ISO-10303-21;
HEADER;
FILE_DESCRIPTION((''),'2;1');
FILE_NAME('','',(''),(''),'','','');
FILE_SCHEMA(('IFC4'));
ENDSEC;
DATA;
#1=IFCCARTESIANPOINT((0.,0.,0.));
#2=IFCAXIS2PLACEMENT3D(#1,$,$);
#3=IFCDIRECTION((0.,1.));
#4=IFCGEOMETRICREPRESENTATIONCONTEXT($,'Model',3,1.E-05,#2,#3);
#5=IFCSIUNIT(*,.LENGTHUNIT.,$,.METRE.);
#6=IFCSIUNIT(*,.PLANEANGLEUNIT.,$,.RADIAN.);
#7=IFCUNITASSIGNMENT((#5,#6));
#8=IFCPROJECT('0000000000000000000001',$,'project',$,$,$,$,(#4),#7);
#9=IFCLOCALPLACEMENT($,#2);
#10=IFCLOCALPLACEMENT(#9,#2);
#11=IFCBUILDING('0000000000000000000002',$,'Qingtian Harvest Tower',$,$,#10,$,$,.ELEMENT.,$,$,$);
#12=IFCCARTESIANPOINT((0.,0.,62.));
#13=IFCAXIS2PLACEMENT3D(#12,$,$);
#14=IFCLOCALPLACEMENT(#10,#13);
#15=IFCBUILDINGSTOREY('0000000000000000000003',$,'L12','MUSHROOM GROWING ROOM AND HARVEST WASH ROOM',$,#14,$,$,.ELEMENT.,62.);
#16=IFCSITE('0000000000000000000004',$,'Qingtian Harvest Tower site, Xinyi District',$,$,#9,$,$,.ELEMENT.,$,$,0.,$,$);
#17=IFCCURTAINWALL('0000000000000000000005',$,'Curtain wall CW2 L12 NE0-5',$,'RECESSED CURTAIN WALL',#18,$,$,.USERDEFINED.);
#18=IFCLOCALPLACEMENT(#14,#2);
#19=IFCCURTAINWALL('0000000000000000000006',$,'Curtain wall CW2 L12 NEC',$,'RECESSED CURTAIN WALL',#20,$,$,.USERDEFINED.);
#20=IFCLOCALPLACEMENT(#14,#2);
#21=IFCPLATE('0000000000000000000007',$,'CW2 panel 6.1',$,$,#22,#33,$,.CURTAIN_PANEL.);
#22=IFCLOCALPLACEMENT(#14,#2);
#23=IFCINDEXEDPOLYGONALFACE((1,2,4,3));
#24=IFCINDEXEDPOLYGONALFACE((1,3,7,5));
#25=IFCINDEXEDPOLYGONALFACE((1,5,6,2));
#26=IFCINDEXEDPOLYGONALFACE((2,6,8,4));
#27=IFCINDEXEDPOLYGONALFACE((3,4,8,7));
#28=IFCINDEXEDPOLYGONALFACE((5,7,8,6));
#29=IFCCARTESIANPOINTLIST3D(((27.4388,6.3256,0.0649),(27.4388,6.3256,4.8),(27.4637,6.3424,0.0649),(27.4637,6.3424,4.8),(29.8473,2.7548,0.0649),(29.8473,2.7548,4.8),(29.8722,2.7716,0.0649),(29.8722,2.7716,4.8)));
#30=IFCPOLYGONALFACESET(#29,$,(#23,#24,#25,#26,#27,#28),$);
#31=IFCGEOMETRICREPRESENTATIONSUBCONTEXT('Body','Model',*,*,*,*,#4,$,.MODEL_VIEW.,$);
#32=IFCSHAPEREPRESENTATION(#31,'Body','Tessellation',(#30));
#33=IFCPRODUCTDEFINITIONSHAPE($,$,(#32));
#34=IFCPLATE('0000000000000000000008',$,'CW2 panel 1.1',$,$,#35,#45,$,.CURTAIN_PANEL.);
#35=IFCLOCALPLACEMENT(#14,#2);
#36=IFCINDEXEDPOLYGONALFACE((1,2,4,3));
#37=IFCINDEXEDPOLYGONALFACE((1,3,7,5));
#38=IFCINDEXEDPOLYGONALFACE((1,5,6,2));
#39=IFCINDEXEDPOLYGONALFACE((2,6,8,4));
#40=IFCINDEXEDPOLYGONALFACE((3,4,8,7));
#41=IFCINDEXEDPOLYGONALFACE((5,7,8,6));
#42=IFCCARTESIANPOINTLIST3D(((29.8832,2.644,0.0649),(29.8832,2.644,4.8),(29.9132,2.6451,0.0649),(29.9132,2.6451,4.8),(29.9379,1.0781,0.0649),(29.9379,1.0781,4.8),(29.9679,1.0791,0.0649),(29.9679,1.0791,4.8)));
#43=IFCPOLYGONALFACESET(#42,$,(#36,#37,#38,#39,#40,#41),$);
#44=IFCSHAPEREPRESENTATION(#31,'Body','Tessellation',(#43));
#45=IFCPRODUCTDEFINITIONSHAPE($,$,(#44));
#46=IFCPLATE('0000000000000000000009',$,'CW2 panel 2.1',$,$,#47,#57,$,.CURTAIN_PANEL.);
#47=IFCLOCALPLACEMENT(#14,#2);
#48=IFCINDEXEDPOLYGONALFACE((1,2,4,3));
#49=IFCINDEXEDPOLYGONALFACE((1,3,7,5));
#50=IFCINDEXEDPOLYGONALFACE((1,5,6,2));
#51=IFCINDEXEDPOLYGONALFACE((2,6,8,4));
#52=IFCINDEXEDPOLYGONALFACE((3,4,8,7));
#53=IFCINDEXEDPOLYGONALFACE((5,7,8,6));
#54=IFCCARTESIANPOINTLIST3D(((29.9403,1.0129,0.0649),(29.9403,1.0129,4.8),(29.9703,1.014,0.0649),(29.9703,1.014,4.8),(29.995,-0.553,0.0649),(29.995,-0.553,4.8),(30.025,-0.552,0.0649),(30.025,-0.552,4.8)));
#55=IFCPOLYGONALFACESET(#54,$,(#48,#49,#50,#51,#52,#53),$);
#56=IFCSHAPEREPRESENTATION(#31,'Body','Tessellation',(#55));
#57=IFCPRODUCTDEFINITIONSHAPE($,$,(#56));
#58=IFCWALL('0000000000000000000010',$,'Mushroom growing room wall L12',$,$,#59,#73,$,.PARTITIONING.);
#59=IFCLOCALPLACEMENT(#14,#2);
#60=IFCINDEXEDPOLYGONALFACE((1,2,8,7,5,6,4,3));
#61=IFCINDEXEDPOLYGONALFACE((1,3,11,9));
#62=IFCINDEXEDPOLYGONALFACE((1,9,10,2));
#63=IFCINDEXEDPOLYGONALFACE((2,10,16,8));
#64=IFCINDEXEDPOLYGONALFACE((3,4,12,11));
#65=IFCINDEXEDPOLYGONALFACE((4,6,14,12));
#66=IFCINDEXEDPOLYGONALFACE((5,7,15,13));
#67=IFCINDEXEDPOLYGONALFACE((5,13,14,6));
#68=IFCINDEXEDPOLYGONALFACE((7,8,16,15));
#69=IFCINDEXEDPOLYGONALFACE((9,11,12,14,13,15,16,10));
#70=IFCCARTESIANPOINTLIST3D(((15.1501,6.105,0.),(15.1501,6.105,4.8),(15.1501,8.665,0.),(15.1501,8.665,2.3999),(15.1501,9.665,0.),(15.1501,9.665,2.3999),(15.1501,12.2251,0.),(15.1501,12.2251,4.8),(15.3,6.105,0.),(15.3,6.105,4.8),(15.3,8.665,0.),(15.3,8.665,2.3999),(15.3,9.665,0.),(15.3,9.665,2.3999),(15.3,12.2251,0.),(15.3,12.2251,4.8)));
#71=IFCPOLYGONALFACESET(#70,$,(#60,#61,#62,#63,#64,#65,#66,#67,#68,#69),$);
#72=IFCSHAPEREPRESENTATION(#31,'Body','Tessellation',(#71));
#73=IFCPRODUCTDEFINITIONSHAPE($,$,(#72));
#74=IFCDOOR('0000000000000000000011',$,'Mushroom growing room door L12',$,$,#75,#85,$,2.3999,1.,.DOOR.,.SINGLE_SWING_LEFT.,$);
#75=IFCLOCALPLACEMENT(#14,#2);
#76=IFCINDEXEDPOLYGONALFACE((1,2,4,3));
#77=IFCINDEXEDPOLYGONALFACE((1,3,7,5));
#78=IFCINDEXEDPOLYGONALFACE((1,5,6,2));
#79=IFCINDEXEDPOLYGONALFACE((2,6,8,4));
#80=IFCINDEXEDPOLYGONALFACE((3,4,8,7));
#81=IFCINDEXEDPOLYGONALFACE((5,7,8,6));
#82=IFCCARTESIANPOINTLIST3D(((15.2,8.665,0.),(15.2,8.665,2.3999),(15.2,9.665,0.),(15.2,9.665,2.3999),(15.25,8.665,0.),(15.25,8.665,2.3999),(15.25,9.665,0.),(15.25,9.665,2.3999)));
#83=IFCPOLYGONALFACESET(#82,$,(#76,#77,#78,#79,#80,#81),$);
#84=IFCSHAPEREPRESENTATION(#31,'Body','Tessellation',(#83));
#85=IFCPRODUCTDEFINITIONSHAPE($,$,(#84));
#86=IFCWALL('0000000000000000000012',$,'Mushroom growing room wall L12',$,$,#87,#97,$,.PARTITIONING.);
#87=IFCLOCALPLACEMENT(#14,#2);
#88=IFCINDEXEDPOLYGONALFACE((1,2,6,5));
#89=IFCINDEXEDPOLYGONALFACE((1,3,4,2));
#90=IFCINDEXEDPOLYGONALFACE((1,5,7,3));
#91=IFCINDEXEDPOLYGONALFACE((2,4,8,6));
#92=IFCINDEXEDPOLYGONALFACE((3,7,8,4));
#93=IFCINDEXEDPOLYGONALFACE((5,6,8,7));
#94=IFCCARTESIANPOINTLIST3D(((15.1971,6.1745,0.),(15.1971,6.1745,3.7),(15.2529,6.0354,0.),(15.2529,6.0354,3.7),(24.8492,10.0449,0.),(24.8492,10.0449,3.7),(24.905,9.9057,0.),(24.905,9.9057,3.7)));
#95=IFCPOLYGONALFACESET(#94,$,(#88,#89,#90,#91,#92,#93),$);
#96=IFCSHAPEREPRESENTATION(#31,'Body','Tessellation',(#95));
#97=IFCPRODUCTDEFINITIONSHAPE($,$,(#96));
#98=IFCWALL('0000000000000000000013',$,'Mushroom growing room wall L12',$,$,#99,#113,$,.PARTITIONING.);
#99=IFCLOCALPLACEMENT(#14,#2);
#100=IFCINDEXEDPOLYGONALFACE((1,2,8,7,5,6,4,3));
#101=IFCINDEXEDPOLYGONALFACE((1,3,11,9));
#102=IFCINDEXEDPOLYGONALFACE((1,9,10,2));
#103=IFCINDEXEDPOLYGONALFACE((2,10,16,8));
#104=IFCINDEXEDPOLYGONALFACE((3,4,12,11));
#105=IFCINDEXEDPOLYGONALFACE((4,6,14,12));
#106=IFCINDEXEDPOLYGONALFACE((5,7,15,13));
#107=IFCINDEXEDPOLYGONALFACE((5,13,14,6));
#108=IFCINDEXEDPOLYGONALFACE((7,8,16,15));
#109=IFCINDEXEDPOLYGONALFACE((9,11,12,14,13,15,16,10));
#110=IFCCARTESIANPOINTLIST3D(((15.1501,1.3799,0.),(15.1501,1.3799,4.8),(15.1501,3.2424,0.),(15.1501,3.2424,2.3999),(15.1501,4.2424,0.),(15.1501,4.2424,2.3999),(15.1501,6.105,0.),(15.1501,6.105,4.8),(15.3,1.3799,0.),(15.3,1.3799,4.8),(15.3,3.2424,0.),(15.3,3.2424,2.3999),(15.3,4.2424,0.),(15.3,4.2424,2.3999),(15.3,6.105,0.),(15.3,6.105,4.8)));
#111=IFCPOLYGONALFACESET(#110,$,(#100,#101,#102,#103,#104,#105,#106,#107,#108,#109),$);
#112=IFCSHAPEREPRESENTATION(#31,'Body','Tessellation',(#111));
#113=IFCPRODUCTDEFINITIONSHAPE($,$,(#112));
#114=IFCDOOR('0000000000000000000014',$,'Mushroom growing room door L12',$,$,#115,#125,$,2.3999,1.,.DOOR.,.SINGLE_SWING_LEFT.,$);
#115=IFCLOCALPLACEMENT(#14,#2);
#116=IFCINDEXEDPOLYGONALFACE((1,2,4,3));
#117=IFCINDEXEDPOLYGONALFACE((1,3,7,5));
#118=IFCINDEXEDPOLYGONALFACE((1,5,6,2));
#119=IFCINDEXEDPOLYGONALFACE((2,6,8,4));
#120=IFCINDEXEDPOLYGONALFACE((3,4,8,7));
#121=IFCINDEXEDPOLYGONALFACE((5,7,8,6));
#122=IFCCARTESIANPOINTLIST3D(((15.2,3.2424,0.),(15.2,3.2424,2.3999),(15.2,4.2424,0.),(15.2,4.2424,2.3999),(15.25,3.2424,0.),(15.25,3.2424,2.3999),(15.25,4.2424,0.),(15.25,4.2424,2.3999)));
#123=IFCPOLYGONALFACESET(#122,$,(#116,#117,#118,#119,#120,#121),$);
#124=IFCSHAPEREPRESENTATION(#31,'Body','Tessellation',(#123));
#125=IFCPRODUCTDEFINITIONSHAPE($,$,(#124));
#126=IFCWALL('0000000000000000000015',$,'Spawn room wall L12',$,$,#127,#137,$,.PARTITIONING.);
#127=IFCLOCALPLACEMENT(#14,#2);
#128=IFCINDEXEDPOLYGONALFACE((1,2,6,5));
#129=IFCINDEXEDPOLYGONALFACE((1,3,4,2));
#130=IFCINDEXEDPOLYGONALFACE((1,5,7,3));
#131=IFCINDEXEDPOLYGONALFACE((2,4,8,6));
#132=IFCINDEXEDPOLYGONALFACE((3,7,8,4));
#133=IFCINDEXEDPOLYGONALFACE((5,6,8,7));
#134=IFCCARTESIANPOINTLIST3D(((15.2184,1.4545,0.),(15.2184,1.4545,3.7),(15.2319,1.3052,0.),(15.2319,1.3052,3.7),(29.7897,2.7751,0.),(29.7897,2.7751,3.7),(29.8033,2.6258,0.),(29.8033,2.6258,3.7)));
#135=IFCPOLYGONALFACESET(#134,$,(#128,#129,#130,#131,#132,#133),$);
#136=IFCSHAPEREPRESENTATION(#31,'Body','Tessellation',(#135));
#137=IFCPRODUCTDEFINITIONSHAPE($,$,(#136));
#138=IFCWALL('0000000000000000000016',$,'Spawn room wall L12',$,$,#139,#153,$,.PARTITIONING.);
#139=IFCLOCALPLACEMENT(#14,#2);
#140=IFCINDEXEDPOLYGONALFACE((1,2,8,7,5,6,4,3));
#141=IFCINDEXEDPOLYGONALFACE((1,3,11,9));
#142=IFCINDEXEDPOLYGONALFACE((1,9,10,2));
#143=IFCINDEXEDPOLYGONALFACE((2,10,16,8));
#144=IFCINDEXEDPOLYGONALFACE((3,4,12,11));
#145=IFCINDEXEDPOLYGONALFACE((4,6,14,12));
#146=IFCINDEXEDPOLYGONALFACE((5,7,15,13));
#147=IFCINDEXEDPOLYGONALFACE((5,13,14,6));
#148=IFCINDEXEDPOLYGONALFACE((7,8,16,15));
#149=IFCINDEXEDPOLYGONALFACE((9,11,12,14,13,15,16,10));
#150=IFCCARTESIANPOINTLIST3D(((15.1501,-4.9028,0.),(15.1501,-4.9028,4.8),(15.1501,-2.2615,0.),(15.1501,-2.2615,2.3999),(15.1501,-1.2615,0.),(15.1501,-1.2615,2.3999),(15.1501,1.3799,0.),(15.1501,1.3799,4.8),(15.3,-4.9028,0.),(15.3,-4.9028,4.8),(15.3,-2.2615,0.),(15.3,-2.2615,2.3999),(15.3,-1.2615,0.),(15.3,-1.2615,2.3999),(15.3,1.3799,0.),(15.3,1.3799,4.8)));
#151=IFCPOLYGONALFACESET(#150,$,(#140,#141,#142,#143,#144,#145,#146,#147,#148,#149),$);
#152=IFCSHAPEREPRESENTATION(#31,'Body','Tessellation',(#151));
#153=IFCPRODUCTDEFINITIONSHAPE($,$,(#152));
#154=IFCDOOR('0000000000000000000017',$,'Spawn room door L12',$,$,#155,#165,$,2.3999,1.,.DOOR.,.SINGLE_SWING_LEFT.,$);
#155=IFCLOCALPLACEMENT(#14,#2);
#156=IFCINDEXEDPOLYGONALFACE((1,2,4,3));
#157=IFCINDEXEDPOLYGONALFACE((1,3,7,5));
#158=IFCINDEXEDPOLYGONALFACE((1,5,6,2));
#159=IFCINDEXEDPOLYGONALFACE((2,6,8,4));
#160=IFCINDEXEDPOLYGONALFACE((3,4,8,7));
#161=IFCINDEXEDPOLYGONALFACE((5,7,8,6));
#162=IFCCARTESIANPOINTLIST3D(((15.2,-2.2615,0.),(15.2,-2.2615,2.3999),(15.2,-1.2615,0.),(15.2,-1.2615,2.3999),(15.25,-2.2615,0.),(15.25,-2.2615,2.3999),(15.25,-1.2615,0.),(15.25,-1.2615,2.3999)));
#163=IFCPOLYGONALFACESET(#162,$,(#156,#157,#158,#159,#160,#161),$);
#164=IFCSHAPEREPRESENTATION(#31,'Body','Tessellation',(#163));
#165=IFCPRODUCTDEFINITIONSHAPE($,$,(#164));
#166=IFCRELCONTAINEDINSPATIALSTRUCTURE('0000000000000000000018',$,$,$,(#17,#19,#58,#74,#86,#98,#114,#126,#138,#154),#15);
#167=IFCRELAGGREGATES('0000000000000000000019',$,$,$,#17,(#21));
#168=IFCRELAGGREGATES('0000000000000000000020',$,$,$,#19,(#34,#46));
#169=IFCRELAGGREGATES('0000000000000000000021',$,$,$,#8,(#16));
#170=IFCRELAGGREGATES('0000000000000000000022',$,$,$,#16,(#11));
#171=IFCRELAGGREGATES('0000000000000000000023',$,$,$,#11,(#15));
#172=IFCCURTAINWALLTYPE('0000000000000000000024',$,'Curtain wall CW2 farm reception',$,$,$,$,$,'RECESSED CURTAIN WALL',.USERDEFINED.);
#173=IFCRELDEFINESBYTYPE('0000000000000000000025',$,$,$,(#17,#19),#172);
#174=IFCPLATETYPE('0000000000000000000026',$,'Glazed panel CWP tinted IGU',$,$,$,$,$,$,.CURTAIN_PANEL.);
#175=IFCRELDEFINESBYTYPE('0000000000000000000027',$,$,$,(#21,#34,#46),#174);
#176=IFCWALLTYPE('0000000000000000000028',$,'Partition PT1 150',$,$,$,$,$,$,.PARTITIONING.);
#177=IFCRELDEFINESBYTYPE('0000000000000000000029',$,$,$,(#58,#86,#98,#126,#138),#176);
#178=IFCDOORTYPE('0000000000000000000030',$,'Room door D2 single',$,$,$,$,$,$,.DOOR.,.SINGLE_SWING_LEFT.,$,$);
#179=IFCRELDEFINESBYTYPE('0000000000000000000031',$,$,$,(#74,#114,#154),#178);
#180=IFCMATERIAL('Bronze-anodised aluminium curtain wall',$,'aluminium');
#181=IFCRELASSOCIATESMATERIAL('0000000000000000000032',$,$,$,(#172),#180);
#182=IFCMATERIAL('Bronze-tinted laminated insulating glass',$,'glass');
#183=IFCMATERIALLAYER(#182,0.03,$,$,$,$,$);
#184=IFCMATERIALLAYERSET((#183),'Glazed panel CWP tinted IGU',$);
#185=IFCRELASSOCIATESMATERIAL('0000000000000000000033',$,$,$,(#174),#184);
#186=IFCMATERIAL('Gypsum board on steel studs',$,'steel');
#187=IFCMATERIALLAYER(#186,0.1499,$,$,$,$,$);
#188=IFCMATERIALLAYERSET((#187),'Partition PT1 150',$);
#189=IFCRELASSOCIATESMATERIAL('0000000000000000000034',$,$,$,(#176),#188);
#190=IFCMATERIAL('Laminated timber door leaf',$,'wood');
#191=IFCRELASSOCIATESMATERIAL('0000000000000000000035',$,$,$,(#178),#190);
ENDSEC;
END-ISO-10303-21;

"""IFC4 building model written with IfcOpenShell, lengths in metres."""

from ifc_helpers import new_model, si_unit, direction, frame, frame_2d, origin, origin_2d, place, context, subcontext, project, spatial, rectangle, extrude, material, layer, layer_set, type_object, element, fill, aggregate, save


model = new_model("IFC4")

# Units and contexts
model_context = context("Model", 3, precision=1e-05, world=origin(), true_north=direction((0.0, 1.0)))
body_context = subcontext(model_context, "Body", "Model", "MODEL_VIEW")
ifc_project = project(units=[si_unit("LENGTHUNIT", "METRE"), si_unit("PLANEANGLEUNIT", "RADIAN")], contexts=[model_context])

# Site, building, storey
site_placement = place(None, origin())
site = spatial("IfcSite", under=ifc_project, at=site_placement, Name="Qingtian Harvest Tower site, Xinyi District", CompositionType="ELEMENT", RefElevation=0.0)
building_placement = place(site_placement, origin())
building = spatial("IfcBuilding", under=site, at=building_placement, Name="Qingtian Harvest Tower", CompositionType="ELEMENT")
storey_placement = place(building_placement, frame((0.0, 0.0, 62.0)))
storey = spatial("IfcBuildingStorey", under=building, at=storey_placement, Name="L12", Description="MUSHROOM GROWING ROOM AND HARVEST WASH ROOM", CompositionType="ELEMENT", Elevation=62.0)

# Curtain walls
ifc_material_1 = material(Name="Bronze-anodised aluminium curtain wall", Category="aluminium")
curtain_wall_type = type_object("IfcCurtainWallType", Name="Curtain wall CW2 farm reception", ElementType="RECESSED CURTAIN WALL", PredefinedType="USERDEFINED", material=ifc_material_1)
curtain_wall_1_placement = place(storey_placement, origin())
curtain_wall_1 = element("IfcCurtainWall", 1, at=curtain_wall_1_placement, inside=storey, type_object=curtain_wall_type, Name="Curtain wall CW2 L12 NE0-5", ObjectType="RECESSED CURTAIN WALL", PredefinedType="USERDEFINED")
curtain_wall_2_placement = place(storey_placement, origin())
curtain_wall_2 = element("IfcCurtainWall", 2, at=curtain_wall_2_placement, inside=storey, type_object=curtain_wall_type, Name="Curtain wall CW2 L12 NEC", ObjectType="RECESSED CURTAIN WALL", PredefinedType="USERDEFINED")

# Plates
ifc_material_2 = material(Name="Bronze-tinted laminated insulating glass", Category="glass")
ifc_layer_1 = layer(ifc_material_2, 0.03)
ifc_layer_set_1 = layer_set([ifc_layer_1], Name="Glazed panel CWP tinted IGU")
plate_type = type_object("IfcPlateType", Name="Glazed panel CWP tinted IGU", PredefinedType="CURTAIN_PANEL", material=ifc_layer_set_1)
plate_1_placement = place(storey_placement, frame((28.6555, 4.5486, 0.0649), z_axis=(0.0, 0.0, 1.0), x_axis=(0.559193, -0.829038, 0.0)))
plate_1 = element("IfcPlate", 3, at=plate_1_placement, type_object=plate_type, Name="CW2 panel 6.1", PredefinedType="CURTAIN_PANEL", context=body_context, shape_type="SweptSolid", body=[
    extrude(rectangle(XDim=4.3071, YDim=0.03, at=origin_2d()), origin(), (0.0, 0.0, 1.0), 4.7351),
])
aggregate(curtain_wall_1, [plate_1])
plate_2_placement = place(storey_placement, frame((29.9255, 1.8616, 0.0649), z_axis=(0.0, 0.0, 1.0), x_axis=(0.034899, -0.999391, 0.0)))
plate_2 = element("IfcPlate", 4, at=plate_2_placement, type_object=plate_type, Name="CW2 panel 1.1", PredefinedType="CURTAIN_PANEL", context=body_context, shape_type="SweptSolid", body=[
    extrude(rectangle(XDim=1.5669, YDim=0.03, at=origin_2d()), origin(), (0.0, 0.0, 1.0), 4.7351),
])
plate_3_placement = place(storey_placement, frame((29.9827, 0.2305, 0.0649), z_axis=(0.0, 0.0, 1.0), x_axis=(0.034899, -0.999391, 0.0)))
plate_3 = element("IfcPlate", 5, at=plate_3_placement, type_object=plate_type, Name="CW2 panel 2.1", PredefinedType="CURTAIN_PANEL", context=body_context, shape_type="SweptSolid", body=[
    extrude(rectangle(XDim=1.5669, YDim=0.03, at=origin_2d()), origin(), (0.0, 0.0, 1.0), 4.7351),
])
aggregate(curtain_wall_2, [plate_2, plate_3])

# Wall, opening, door
ifc_material_3 = material(Name="Gypsum board on steel studs", Category="steel")
ifc_layer_2 = layer(ifc_material_3, 0.1499)
ifc_layer_set_2 = layer_set([ifc_layer_2], Name="Partition PT1 150")
wall_type = type_object("IfcWallType", Name="Partition PT1 150", PredefinedType="PARTITIONING", material=ifc_layer_set_2)
wall_1_placement = place(storey_placement, frame((15.2251, 12.2251, 0.0), z_axis=(0.0, 0.0, 1.0), x_axis=(0.0, -1.0, 0.0)))
wall_1 = element("IfcWall", 6, at=wall_1_placement, inside=storey, type_object=wall_type, Name="Mushroom growing room wall L12", PredefinedType="PARTITIONING", context=body_context, shape_type="SweptSolid", body=[
    extrude(rectangle(XDim=6.1201, YDim=0.1499, at=frame_2d((3.0601, 0.0))), origin(), (0.0, 0.0, 1.0), 4.8),
])
opening_1_placement = place(wall_1_placement, frame((2.5601, 0.0, 0.0)))
opening_1 = element("IfcOpeningElement", 7, at=opening_1_placement, cuts=wall_1, PredefinedType="OPENING", context=body_context, shape_type="SweptSolid", body=[
    extrude(rectangle(XDim=1.0, YDim=2.3999, at=frame_2d((0.5, 1.2))), frame((0.0, 0.085, 0.0), z_axis=(0.0, -1.0, 0.0), x_axis=(1.0, 0.0, 0.0)), (0.0, 0.0, 1.0), 0.1699),
])
ifc_material_4 = material(Name="Laminated timber door leaf", Category="wood")
door_type = type_object("IfcDoorType", Name="Room door D2 single", OperationType="SINGLE_SWING_LEFT", PredefinedType="DOOR", material=ifc_material_4)
door_1_placement = place(opening_1_placement, origin())
door_1 = element("IfcDoor", 8, at=door_1_placement, inside=storey, type_object=door_type, Name="Mushroom growing room door L12", OperationType="SINGLE_SWING_LEFT", OverallHeight=2.3999, OverallWidth=1.0, PredefinedType="DOOR", context=body_context, shape_type="SweptSolid", body=[
    extrude(rectangle(XDim=1.0, YDim=2.3999, at=frame_2d((0.5, 1.2))), frame((0.0, 0.0249, 0.0), z_axis=(0.0, -1.0, 0.0), x_axis=(1.0, 0.0, 0.0)), (0.0, 0.0, 1.0), 0.05),
])
fill(opening_1, door_1)

# Wall
wall_2_placement = place(storey_placement, frame((24.8772, 9.9753, 0.0), z_axis=(0.0, 0.0, 1.0), x_axis=(-0.928161, -0.37218, 0.0)))
element("IfcWall", 9, at=wall_2_placement, inside=storey, type_object=wall_type, Name="Mushroom growing room wall L12", PredefinedType="PARTITIONING", context=body_context, shape_type="SweptSolid", body=[
    extrude(rectangle(XDim=10.3992, YDim=0.1499, at=frame_2d((5.1997, 0.0))), origin(), (0.0, 0.0, 1.0), 3.7),
])

# Wall, opening, door
wall_3_placement = place(storey_placement, frame((15.2251, 6.105, 0.0), z_axis=(0.0, 0.0, 1.0), x_axis=(0.0, -1.0, 0.0)))
wall_3 = element("IfcWall", 10, at=wall_3_placement, inside=storey, type_object=wall_type, Name="Mushroom growing room wall L12", PredefinedType="PARTITIONING", context=body_context, shape_type="SweptSolid", body=[
    extrude(rectangle(XDim=4.7251, YDim=0.1499, at=frame_2d((2.3625, 0.0))), origin(), (0.0, 0.0, 1.0), 4.8),
])
opening_2_placement = place(wall_3_placement, frame((1.8625, 0.0, 0.0)))
opening_2 = element("IfcOpeningElement", 11, at=opening_2_placement, cuts=wall_3, PredefinedType="OPENING", context=body_context, shape_type="SweptSolid", body=[
    extrude(rectangle(XDim=1.0, YDim=2.3999, at=frame_2d((0.5, 1.2))), frame((0.0, 0.085, 0.0), z_axis=(0.0, -1.0, 0.0), x_axis=(1.0, 0.0, 0.0)), (0.0, 0.0, 1.0), 0.1699),
])
door_2_placement = place(opening_2_placement, origin())
door_2 = element("IfcDoor", 12, at=door_2_placement, inside=storey, type_object=door_type, Name="Mushroom growing room door L12", OperationType="SINGLE_SWING_LEFT", OverallHeight=2.3999, OverallWidth=1.0, PredefinedType="DOOR", context=body_context, shape_type="SweptSolid", body=[
    extrude(rectangle(XDim=1.0, YDim=2.3999, at=frame_2d((0.5, 1.2))), frame((0.0, 0.0249, 0.0), z_axis=(0.0, -1.0, 0.0), x_axis=(1.0, 0.0, 0.0)), (0.0, 0.0, 1.0), 0.05),
])
fill(opening_2, door_2)

# Wall
wall_4_placement = place(storey_placement, frame((29.7964, 2.7004, 0.0), z_axis=(0.0, 0.0, 1.0), x_axis=(-0.995918, -0.090257, 0.0)))
element("IfcWall", 13, at=wall_4_placement, inside=storey, type_object=wall_type, Name="Spawn room wall L12", PredefinedType="PARTITIONING", context=body_context, shape_type="SweptSolid", body=[
    extrude(rectangle(XDim=14.6311, YDim=0.1499, at=frame_2d((7.3154, 0.0))), origin(), (0.0, 0.0, 1.0), 3.7),
])

# Wall, opening, door
wall_5_placement = place(storey_placement, frame((15.2251, 1.3799, 0.0), z_axis=(0.0, 0.0, 1.0), x_axis=(0.0, -1.0, 0.0)))
wall_5 = element("IfcWall", 14, at=wall_5_placement, inside=storey, type_object=wall_type, Name="Spawn room wall L12", PredefinedType="PARTITIONING", context=body_context, shape_type="SweptSolid", body=[
    extrude(rectangle(XDim=6.2827, YDim=0.1499, at=frame_2d((3.1414, 0.0))), origin(), (0.0, 0.0, 1.0), 4.8),
])
opening_3_placement = place(wall_5_placement, frame((2.6414, 0.0, 0.0)))
opening_3 = element("IfcOpeningElement", 15, at=opening_3_placement, cuts=wall_5, PredefinedType="OPENING", context=body_context, shape_type="SweptSolid", body=[
    extrude(rectangle(XDim=1.0, YDim=2.3999, at=frame_2d((0.5, 1.2))), frame((0.0, 0.085, 0.0), z_axis=(0.0, -1.0, 0.0), x_axis=(1.0, 0.0, 0.0)), (0.0, 0.0, 1.0), 0.1699),
])
door_3_placement = place(opening_3_placement, origin())
door_3 = element("IfcDoor", 16, at=door_3_placement, inside=storey, type_object=door_type, Name="Spawn room door L12", OperationType="SINGLE_SWING_LEFT", OverallHeight=2.3999, OverallWidth=1.0, PredefinedType="DOOR", context=body_context, shape_type="SweptSolid", body=[
    extrude(rectangle(XDim=1.0, YDim=2.3999, at=frame_2d((0.5, 1.2))), frame((0.0, 0.0249, 0.0), z_axis=(0.0, -1.0, 0.0), x_axis=(1.0, 0.0, 0.0)), (0.0, 0.0, 1.0), 0.05),
])
fill(opening_3, door_3)

save(model, "model.ifc")
